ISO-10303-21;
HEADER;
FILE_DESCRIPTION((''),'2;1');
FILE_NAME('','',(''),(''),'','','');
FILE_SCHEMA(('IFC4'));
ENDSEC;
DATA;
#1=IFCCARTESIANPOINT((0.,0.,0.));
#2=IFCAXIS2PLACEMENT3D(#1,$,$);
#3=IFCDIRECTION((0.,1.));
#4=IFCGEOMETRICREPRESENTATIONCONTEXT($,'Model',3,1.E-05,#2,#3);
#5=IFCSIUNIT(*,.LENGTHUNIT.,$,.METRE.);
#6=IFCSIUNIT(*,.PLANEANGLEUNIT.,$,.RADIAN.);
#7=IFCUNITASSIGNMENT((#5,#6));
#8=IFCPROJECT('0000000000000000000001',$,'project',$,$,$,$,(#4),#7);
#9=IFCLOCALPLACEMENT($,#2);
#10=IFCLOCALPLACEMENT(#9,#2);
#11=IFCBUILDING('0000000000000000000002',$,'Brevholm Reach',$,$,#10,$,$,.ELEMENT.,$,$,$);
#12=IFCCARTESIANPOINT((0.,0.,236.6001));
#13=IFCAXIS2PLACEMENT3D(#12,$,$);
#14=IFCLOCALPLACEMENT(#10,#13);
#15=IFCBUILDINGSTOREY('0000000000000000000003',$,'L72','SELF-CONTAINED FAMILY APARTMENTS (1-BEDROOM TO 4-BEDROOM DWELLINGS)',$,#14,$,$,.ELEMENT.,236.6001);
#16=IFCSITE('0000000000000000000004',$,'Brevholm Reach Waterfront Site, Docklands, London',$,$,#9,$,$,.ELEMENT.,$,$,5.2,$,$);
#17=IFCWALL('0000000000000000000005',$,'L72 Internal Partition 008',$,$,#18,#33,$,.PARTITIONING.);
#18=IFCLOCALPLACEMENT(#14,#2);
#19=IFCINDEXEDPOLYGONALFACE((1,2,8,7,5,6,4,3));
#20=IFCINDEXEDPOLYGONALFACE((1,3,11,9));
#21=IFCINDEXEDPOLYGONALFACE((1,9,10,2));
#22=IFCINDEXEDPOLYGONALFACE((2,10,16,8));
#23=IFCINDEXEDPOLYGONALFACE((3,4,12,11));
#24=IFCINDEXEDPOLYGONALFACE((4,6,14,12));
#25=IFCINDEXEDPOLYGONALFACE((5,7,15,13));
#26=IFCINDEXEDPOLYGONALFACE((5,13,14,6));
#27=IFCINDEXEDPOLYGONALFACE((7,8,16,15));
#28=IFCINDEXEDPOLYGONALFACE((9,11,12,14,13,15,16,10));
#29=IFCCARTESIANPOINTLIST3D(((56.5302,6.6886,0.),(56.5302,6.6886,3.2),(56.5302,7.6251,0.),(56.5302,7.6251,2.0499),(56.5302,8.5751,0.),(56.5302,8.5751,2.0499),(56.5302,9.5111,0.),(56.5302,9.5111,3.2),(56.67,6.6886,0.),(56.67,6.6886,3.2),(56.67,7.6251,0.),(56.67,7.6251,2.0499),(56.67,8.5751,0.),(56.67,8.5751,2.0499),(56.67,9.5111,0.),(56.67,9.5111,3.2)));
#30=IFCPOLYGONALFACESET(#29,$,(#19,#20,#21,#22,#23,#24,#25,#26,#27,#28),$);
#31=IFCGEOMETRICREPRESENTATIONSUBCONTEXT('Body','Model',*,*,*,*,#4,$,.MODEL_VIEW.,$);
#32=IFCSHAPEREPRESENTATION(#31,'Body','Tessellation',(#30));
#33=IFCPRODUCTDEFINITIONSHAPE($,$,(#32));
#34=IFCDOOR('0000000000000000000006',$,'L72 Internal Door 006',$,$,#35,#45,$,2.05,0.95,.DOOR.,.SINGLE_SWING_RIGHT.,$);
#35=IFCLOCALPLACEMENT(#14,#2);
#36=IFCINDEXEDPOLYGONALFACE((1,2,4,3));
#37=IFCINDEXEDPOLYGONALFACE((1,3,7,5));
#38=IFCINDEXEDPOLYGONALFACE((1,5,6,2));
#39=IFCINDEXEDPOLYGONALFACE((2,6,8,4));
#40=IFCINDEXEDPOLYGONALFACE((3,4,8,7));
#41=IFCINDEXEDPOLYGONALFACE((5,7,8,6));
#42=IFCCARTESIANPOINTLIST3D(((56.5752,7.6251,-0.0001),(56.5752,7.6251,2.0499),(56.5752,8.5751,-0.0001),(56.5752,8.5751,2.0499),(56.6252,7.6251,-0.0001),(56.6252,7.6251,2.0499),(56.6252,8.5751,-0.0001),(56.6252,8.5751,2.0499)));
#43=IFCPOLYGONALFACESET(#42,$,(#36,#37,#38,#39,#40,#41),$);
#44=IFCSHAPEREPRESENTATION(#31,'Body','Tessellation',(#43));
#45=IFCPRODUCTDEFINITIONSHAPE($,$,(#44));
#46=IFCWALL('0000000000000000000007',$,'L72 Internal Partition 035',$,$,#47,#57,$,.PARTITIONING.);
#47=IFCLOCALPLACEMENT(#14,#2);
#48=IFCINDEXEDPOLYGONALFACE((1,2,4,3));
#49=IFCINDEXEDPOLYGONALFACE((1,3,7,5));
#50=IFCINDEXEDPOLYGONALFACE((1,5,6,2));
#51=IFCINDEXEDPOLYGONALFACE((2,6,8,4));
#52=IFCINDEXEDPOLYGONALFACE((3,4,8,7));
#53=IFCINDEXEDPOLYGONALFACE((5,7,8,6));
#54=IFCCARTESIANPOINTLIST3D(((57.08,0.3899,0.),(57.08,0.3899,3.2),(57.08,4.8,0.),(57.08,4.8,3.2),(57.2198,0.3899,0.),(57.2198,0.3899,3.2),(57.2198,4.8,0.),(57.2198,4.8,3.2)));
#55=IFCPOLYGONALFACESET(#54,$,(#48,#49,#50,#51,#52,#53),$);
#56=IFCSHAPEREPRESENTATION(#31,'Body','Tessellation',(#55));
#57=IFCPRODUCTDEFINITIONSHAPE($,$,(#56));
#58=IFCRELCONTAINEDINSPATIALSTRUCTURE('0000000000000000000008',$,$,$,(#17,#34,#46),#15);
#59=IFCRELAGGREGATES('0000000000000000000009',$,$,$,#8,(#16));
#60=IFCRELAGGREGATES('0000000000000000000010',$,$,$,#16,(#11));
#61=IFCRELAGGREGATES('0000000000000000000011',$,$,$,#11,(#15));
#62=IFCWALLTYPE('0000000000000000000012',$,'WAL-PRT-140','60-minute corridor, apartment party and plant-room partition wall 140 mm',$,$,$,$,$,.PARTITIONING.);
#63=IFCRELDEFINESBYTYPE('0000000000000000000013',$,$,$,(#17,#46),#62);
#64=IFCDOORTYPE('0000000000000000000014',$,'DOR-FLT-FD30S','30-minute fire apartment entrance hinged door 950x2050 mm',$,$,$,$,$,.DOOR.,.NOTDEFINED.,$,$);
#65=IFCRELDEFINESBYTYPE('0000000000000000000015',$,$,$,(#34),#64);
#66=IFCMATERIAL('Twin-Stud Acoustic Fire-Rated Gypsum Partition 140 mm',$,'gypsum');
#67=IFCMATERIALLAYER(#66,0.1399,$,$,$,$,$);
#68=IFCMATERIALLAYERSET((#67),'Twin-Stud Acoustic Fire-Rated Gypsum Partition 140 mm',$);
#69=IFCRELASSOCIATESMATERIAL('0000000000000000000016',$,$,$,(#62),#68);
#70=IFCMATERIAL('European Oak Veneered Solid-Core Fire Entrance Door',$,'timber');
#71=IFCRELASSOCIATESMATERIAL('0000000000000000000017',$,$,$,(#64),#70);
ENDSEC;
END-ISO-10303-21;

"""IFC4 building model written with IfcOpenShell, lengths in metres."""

from ifc_helpers import new_model, si_unit, direction, frame, frame_2d, origin, place, context, subcontext, project, spatial, rectangle, extrude, material, layer, layer_set, type_object, element, fill, save


model = new_model("IFC4")

# Units and contexts
model_context = context("Model", 3, precision=1e-05, world=origin(), true_north=direction((0.0, 1.0)))
body_context = subcontext(model_context, "Body", "Model", "MODEL_VIEW")
ifc_project = project(units=[si_unit("LENGTHUNIT", "METRE"), si_unit("PLANEANGLEUNIT", "RADIAN")], contexts=[model_context])

# Site, building, storey
site_placement = place(None, origin())
site = spatial("IfcSite", under=ifc_project, at=site_placement, Name="Brevholm Reach Waterfront Site, Docklands, London", CompositionType="ELEMENT", RefElevation=5.2)
building_placement = place(site_placement, origin())
building = spatial("IfcBuilding", under=site, at=building_placement, Name="Brevholm Reach", CompositionType="ELEMENT")
storey_placement = place(building_placement, frame((0.0, 0.0, 236.6001)))
storey = spatial("IfcBuildingStorey", under=building, at=storey_placement, Name="L72", Description="SELF-CONTAINED FAMILY APARTMENTS (1-BEDROOM TO 4-BEDROOM DWELLINGS)", CompositionType="ELEMENT", Elevation=236.6001)

# Shared definitions
ifc_material_1 = material(Name="Twin-Stud Acoustic Fire-Rated Gypsum Partition 140 mm", Category="gypsum")
ifc_layer_1 = layer(ifc_material_1, 0.1399)
ifc_layer_set_1 = layer_set([ifc_layer_1], Name="Twin-Stud Acoustic Fire-Rated Gypsum Partition 140 mm")
wall_type_1 = type_object("IfcWallType", Name="WAL-PRT-140", Description="60-minute corridor, apartment party and plant-room partition wall 140 mm", PredefinedType="PARTITIONING", material=ifc_layer_set_1)

# Wall, opening, door
wall_1_placement = place(storey_placement, frame((56.6001, 6.6887, 0.0), z_axis=(0.0, 0.0, 1.0), x_axis=(0.0, 1.0, 0.0)))
wall_1 = element("IfcWall", 1, at=wall_1_placement, inside=storey, type_object=wall_type_1, Name="L72 Internal Partition 008", PredefinedType="PARTITIONING", context=body_context, shape_type="SweptSolid", body=[
    extrude(rectangle(XDim=2.8225, YDim=0.1399, at=frame_2d((1.4111, 0.0))), origin(), (0.0, 0.0, 1.0), 3.2),
])
opening_1_placement = place(wall_1_placement, frame((0.9363, 0.0, 0.0)))
opening_1 = element("IfcOpeningElement", 2, at=opening_1_placement, cuts=wall_1, PredefinedType="OPENING", context=body_context, shape_type="SweptSolid", body=[
    extrude(rectangle(XDim=0.95, YDim=2.05, at=frame_2d((0.4751, 1.0249))), frame((0.0, 0.0798, 0.0), z_axis=(0.0, -1.0, 0.0), x_axis=(1.0, 0.0, 0.0)), (0.0, 0.0, 1.0), 0.1599),
])
ifc_material_2 = material(Name="European Oak Veneered Solid-Core Fire Entrance Door", Category="timber")
door_type_1 = type_object("IfcDoorType", Name="DOR-FLT-FD30S", Description="30-minute fire apartment entrance hinged door 950x2050 mm", OperationType="NOTDEFINED", PredefinedType="DOOR", material=ifc_material_2)
door_1_placement = place(opening_1_placement, origin())
door_1 = element("IfcDoor", 3, at=door_1_placement, inside=storey, type_object=door_type_1, Name="L72 Internal Door 006", OperationType="SINGLE_SWING_RIGHT", OverallHeight=2.05, OverallWidth=0.95, PredefinedType="DOOR", context=body_context, shape_type="SweptSolid", body=[
    extrude(rectangle(XDim=0.95, YDim=2.05, at=frame_2d((0.4751, 1.0249))), frame((0.0, 0.0249, 0.0), z_axis=(0.0, -1.0, 0.0), x_axis=(1.0, 0.0, 0.0)), (0.0, 0.0, 1.0), 0.05),
])
fill(opening_1, door_1)

# Wall
wall_2_placement = place(storey_placement, frame((57.1499, 0.3899, 0.0), z_axis=(0.0, 0.0, 1.0), x_axis=(0.0, 1.0, 0.0)))
element("IfcWall", 4, at=wall_2_placement, inside=storey, type_object=wall_type_1, Name="L72 Internal Partition 035", PredefinedType="PARTITIONING", context=body_context, shape_type="SweptSolid", body=[
    extrude(rectangle(XDim=4.4102, YDim=0.1399, at=frame_2d((2.2051, 0.0))), origin(), (0.0, 0.0, 1.0), 3.2),
])

save(model, "model.ifc")
